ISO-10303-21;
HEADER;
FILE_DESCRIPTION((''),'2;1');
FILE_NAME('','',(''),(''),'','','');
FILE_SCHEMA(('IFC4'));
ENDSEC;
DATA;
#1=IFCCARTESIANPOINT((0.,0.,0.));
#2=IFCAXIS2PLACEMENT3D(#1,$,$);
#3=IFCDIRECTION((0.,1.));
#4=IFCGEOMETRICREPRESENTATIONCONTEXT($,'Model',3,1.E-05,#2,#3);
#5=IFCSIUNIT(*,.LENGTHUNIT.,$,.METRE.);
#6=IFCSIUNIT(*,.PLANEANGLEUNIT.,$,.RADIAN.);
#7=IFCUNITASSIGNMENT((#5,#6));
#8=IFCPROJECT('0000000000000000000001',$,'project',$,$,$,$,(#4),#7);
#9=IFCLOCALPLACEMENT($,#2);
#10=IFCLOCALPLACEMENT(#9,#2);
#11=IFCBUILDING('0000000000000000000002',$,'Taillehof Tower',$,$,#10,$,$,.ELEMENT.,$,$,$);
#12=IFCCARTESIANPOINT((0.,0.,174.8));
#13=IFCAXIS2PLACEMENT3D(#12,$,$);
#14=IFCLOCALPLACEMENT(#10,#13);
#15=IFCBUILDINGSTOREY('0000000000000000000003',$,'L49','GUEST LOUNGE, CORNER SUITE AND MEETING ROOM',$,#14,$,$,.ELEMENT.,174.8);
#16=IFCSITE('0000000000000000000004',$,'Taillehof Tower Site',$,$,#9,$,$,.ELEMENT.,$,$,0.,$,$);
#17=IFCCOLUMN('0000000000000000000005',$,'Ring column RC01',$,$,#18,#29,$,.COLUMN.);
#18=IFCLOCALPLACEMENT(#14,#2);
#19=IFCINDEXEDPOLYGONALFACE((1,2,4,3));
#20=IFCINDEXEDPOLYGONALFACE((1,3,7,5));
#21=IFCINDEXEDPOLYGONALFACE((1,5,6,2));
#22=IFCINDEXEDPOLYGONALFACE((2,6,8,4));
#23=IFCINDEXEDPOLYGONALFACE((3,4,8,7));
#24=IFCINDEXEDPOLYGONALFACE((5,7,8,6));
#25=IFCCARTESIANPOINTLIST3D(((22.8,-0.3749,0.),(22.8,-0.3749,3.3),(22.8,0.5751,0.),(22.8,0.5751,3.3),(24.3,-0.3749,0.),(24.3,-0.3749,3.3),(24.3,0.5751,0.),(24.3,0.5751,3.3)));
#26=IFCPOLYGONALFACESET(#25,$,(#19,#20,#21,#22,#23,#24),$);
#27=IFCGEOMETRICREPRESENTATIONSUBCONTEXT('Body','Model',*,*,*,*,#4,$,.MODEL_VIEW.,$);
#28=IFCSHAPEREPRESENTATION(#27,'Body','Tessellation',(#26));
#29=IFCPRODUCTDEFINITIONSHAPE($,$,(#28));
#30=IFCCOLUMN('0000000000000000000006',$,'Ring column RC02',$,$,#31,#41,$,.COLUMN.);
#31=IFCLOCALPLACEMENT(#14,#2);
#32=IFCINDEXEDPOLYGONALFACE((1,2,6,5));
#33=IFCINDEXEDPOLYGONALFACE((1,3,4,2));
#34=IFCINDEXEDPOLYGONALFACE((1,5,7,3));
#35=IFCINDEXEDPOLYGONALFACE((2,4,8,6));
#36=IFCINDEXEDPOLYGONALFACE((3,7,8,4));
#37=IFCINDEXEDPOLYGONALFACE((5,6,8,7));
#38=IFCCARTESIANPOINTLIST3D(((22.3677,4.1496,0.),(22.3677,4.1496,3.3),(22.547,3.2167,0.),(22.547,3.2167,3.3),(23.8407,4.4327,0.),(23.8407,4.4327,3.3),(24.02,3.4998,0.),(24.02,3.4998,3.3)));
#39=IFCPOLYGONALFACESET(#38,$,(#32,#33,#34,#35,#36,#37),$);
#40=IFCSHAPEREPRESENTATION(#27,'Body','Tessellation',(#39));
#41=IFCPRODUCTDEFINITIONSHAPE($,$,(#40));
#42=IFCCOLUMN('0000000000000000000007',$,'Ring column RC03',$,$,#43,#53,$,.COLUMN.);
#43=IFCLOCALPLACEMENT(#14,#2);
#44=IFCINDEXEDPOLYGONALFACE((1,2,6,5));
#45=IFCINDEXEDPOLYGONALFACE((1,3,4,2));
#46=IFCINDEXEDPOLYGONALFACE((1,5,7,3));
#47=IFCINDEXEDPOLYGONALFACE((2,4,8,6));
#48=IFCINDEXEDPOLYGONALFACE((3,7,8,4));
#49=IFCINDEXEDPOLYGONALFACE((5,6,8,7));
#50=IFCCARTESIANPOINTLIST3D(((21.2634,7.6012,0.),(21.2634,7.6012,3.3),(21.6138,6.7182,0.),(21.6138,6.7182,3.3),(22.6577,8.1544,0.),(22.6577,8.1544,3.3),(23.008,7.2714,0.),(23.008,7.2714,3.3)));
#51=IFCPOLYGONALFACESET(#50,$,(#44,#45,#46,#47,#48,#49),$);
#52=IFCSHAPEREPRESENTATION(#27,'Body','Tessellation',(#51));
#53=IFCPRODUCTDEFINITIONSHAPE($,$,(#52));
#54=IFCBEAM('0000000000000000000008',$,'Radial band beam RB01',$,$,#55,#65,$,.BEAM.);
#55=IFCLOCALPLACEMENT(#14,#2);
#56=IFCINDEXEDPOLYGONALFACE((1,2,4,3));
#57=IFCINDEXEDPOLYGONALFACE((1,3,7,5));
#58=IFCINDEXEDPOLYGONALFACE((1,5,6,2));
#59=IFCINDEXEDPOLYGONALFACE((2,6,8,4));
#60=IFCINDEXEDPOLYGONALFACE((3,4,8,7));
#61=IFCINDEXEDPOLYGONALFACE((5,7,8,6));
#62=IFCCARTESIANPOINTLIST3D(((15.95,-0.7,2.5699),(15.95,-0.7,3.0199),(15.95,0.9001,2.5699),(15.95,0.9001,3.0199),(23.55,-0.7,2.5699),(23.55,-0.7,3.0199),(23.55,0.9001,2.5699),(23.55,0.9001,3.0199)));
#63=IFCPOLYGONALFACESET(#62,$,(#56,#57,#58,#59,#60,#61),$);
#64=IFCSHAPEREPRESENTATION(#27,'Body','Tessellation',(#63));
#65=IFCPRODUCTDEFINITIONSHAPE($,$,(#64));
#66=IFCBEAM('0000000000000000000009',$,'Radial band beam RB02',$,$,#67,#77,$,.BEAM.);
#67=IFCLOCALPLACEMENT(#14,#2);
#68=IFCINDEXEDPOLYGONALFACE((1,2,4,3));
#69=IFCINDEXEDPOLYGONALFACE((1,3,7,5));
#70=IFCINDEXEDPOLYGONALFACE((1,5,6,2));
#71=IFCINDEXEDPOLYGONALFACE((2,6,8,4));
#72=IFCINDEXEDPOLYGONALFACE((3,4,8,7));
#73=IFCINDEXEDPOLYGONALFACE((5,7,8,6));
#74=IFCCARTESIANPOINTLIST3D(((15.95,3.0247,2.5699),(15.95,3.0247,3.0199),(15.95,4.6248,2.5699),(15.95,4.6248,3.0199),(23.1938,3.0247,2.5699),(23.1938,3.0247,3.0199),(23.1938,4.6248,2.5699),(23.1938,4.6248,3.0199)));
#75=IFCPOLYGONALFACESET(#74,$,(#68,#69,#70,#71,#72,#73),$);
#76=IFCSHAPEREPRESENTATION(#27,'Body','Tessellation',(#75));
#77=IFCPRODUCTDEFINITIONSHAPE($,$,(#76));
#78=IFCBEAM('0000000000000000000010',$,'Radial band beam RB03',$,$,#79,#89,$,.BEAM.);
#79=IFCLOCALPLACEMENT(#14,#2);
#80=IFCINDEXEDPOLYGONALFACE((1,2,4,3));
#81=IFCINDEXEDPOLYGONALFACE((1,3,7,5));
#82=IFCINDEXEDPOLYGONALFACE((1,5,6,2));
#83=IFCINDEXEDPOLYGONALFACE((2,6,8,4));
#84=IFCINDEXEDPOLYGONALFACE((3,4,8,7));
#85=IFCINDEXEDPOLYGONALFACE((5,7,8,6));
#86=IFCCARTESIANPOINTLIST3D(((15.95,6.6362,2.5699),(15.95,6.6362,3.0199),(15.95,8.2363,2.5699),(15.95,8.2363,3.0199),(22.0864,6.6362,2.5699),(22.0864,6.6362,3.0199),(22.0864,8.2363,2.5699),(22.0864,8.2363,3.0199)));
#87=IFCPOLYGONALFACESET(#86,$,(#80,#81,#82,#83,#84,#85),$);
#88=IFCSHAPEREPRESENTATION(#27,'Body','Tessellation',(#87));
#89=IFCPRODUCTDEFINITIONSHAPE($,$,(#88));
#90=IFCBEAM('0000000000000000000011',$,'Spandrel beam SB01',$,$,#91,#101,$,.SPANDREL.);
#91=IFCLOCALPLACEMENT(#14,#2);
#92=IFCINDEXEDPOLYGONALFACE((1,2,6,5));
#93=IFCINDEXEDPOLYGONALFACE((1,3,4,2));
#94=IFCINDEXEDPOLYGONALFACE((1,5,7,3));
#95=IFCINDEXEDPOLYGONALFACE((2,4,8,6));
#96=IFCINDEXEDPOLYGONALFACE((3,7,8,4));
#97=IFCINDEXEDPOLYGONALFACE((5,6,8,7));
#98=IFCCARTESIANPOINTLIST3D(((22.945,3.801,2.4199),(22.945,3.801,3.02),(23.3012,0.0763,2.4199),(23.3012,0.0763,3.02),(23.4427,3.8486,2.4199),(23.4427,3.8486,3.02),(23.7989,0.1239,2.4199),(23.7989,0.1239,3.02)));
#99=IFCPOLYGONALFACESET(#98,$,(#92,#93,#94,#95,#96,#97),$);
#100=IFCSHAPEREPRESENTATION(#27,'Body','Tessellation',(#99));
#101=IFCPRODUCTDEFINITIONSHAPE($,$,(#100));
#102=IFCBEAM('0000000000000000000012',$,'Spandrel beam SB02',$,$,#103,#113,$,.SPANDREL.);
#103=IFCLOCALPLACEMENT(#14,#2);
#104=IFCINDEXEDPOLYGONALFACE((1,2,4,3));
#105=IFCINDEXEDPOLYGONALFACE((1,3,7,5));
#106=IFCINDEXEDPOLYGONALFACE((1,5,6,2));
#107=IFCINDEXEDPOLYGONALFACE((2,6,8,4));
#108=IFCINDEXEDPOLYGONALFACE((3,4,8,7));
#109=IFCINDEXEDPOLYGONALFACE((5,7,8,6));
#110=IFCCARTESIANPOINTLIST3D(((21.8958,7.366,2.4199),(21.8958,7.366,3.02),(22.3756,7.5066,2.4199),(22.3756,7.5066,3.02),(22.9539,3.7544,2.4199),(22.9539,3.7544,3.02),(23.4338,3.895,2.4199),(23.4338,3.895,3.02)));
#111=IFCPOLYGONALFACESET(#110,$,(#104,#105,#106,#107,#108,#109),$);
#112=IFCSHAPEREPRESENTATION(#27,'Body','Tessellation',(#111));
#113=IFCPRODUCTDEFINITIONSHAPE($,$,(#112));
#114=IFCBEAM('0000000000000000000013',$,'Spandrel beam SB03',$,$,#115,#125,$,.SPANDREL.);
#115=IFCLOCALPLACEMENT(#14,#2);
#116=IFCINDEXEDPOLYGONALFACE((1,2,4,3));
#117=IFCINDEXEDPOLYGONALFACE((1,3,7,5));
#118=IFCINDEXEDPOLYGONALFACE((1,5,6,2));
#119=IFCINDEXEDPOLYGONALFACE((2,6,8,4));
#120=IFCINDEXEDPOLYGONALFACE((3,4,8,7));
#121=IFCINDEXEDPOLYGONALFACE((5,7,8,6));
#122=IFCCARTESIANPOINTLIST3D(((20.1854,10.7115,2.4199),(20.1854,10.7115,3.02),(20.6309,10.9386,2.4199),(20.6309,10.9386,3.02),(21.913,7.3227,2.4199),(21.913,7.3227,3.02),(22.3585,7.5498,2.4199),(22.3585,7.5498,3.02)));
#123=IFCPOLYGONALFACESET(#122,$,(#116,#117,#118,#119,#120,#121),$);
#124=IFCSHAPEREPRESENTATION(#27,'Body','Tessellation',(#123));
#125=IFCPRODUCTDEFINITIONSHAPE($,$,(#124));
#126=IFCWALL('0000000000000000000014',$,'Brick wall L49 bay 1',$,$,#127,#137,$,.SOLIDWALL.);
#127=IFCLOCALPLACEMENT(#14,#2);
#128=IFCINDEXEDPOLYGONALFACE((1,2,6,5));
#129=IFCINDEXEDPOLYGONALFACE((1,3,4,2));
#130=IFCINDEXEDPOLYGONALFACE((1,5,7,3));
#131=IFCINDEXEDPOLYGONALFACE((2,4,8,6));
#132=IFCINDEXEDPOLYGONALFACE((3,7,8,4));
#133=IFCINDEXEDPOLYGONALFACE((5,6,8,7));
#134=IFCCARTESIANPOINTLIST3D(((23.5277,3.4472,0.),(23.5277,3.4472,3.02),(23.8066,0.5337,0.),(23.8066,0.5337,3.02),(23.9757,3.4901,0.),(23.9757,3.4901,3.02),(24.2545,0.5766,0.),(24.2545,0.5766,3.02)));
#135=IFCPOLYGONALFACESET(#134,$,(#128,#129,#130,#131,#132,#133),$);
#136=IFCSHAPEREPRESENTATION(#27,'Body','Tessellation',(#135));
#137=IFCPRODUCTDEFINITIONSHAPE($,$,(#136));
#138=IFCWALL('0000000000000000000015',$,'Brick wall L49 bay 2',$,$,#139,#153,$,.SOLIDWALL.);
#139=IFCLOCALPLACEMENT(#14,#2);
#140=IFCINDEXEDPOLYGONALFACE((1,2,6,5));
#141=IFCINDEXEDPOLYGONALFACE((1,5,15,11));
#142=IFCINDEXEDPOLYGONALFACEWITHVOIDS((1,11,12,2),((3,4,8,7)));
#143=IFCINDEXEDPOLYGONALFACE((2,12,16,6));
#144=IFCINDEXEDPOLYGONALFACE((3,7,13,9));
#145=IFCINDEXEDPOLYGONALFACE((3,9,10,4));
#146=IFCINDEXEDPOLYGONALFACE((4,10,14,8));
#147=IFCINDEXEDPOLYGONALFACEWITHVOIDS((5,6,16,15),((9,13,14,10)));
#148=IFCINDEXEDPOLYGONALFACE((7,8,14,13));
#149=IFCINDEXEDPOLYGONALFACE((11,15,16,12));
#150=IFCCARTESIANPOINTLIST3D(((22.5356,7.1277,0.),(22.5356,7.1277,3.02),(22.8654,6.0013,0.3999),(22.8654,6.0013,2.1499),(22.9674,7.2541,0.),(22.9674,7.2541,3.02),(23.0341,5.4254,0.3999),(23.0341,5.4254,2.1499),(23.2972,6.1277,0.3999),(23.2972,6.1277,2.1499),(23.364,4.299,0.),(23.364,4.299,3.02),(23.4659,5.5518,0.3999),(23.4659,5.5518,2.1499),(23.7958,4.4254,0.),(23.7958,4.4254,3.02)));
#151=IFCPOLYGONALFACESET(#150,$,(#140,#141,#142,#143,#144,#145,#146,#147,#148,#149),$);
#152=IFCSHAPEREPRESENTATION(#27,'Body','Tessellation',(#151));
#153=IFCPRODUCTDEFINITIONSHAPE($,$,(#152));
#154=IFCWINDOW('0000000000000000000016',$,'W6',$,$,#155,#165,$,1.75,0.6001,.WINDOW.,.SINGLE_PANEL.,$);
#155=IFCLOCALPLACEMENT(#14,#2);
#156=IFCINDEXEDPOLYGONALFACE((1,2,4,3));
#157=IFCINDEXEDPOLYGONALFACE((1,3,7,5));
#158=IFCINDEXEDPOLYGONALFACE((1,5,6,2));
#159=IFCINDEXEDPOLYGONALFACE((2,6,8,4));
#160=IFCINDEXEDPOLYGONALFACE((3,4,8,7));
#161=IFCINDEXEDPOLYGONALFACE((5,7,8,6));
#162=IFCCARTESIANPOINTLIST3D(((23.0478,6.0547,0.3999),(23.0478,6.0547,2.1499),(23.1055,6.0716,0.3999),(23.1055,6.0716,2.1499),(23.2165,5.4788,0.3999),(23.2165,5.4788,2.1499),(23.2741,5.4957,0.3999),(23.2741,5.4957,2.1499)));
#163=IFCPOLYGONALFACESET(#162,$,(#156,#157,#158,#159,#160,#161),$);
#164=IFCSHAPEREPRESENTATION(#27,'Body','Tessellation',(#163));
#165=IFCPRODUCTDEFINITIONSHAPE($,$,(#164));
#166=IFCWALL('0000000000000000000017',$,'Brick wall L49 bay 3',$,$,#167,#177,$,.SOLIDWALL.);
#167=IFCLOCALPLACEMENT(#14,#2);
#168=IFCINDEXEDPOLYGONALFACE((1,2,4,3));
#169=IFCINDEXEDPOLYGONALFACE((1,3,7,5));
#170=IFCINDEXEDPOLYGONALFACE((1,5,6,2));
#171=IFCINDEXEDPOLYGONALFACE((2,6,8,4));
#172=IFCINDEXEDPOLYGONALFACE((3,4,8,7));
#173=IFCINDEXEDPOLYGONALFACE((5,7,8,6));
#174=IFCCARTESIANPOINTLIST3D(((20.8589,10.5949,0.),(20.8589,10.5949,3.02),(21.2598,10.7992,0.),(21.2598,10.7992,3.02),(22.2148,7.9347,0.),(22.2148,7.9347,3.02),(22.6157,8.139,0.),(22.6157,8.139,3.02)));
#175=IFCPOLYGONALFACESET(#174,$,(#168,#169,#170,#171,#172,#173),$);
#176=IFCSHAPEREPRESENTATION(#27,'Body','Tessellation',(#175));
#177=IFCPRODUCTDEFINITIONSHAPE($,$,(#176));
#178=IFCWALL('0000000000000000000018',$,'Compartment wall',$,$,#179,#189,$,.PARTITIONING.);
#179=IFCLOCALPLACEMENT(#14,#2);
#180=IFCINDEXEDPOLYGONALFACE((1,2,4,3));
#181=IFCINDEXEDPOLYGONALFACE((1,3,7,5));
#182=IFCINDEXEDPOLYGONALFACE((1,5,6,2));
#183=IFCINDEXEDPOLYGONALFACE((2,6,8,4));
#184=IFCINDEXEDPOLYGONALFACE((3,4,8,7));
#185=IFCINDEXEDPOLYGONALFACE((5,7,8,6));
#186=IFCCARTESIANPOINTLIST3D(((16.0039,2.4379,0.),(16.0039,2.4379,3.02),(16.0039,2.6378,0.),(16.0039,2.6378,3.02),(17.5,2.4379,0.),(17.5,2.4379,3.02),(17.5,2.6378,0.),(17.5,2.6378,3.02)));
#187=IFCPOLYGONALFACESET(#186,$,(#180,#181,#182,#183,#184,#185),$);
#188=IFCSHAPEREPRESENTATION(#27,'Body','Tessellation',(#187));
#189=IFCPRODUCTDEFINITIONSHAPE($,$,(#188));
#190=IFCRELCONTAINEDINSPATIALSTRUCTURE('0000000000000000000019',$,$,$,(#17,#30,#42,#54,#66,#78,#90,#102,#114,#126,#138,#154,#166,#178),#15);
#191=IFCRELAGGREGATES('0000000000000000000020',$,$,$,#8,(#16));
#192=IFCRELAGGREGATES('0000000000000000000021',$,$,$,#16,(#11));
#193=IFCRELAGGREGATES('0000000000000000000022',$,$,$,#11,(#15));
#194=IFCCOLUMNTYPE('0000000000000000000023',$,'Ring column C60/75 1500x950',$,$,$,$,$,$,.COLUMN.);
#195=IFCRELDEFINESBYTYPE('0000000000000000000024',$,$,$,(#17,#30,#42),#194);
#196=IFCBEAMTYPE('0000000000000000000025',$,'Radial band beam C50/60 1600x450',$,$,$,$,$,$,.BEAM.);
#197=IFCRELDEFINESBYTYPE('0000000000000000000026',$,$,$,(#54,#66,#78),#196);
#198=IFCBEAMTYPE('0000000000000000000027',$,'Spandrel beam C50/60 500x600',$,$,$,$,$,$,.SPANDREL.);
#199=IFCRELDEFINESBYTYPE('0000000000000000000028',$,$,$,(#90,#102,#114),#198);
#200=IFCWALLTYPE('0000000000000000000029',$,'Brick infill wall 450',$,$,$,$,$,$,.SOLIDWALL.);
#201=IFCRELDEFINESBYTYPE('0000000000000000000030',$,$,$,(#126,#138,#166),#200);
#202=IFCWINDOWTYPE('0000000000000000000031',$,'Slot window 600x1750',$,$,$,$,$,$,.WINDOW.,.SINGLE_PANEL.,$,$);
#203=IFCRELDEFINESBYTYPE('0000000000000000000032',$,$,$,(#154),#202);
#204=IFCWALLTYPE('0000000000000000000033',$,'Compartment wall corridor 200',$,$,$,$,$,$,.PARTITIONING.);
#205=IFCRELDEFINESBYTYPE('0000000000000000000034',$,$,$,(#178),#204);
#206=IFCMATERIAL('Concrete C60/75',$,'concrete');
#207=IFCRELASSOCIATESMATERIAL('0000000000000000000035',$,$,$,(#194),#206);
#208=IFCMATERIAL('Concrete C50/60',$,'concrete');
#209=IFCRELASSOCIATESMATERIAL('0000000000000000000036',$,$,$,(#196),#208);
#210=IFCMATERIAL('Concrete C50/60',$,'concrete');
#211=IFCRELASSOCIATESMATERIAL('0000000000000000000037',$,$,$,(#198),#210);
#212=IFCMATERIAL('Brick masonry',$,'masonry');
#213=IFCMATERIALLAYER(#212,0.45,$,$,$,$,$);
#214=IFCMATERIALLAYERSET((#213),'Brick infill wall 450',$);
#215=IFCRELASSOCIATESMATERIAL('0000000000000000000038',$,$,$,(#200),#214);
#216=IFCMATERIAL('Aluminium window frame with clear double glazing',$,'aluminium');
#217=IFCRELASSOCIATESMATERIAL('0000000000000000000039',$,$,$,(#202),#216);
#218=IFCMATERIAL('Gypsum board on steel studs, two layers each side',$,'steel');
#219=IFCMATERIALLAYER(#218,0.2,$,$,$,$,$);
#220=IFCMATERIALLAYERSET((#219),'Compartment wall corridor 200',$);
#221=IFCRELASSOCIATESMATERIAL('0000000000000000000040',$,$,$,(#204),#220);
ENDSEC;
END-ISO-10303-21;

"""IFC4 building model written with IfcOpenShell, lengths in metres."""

from ifc_helpers import new_model, si_unit, direction, frame, frame_2d, origin, origin_2d, place, context, subcontext, project, spatial, rectangle, extrude, material, layer, layer_set, material_profile, profile_set, type_object, element, fill, save


model = new_model("IFC4")

# Units and contexts
model_context = context("Model", 3, precision=1e-05, world=origin(), true_north=direction((0.0, 1.0)))
body_context = subcontext(model_context, "Body", "Model", "MODEL_VIEW")
ifc_project = project(units=[si_unit("LENGTHUNIT", "METRE"), si_unit("PLANEANGLEUNIT", "RADIAN")], contexts=[model_context])

# Site, building, storey
site_placement = place(None, origin())
site = spatial("IfcSite", under=ifc_project, at=site_placement, Name="Taillehof Tower Site", CompositionType="ELEMENT", RefElevation=0.0)
building_placement = place(site_placement, origin())
building = spatial("IfcBuilding", under=site, at=building_placement, Name="Taillehof Tower", CompositionType="ELEMENT")
storey_placement = place(building_placement, frame((0.0, 0.0, 174.8)))
storey = spatial("IfcBuildingStorey", under=building, at=storey_placement, Name="L49", Description="GUEST LOUNGE, CORNER SUITE AND MEETING ROOM", CompositionType="ELEMENT", Elevation=174.8)

# Columns
ifc_material_1 = material(Name="Concrete C60/75", Category="concrete")
ifc_material_profile_1 = material_profile(ifc_material_1, rectangle(XDim=1.5, YDim=0.95, at=origin_2d()), Name="RC 1500x950")
ifc_profile_set_1 = profile_set([ifc_material_profile_1], Name="Concrete C60/75")
column_type = type_object("IfcColumnType", Name="Ring column C60/75 1500x950", PredefinedType="COLUMN", material=ifc_profile_set_1)
for number, where, z_axis, x_axis, name in (
    (1, (23.55, 0.1001, 0.0), (0.0, 0.0, 1.0), (1.0, 0.0, 0.0), "Ring column RC01"),
    (2, (23.1938, 3.8247, 0.0), (0.0, 0.0, 1.0), (0.982024, 0.188757, 0.0), "Ring column RC02"),
    (3, (22.1357, 7.4363, 0.0), (0.0, 0.0, 1.0), (0.929511, 0.368793, 0.0), "Ring column RC03"),
):
    element("IfcColumn", number, at=place(storey_placement, frame(where, z_axis=z_axis, x_axis=x_axis)), inside=storey, type_object=column_type, Name=name, PredefinedType="COLUMN", context=body_context, shape_type="SweptSolid", body=[
        extrude(rectangle(XDim=1.5, YDim=0.95, at=origin_2d()), origin(), (0.0, 0.0, 1.0), 3.3),
    ])

# Beams
ifc_material_2 = material(Name="Concrete C50/60", Category="concrete")
ifc_material_profile_2 = material_profile(ifc_material_2, rectangle(XDim=1.6001, YDim=0.45, at=origin_2d()), Name="RC 1600x450")
ifc_profile_set_2 = profile_set([ifc_material_profile_2], Name="Concrete C50/60")
beam_type_1 = type_object("IfcBeamType", Name="Radial band beam C50/60 1600x450", PredefinedType="BEAM", material=ifc_profile_set_2)
beam_1_placement = place(storey_placement, frame((23.55, 0.1001, 2.7949), z_axis=(-1.0, 0.0, 0.0), x_axis=(0.0, -1.0, 0.0)))
element("IfcBeam", 4, at=beam_1_placement, inside=storey, type_object=beam_type_1, Name="Radial band beam RB01", PredefinedType="BEAM", context=body_context, shape_type="SweptSolid", body=[
    extrude(rectangle(XDim=1.6001, YDim=0.45, at=origin_2d()), origin(), (0.0, 0.0, 1.0), 7.6001),
])
beam_2_placement = place(storey_placement, frame((23.1938, 3.8247, 2.7949), z_axis=(-1.0, 0.0, 0.0), x_axis=(0.0, -1.0, 0.0)))
element("IfcBeam", 5, at=beam_2_placement, inside=storey, type_object=beam_type_1, Name="Radial band beam RB02", PredefinedType="BEAM", context=body_context, shape_type="SweptSolid", body=[
    extrude(rectangle(XDim=1.6001, YDim=0.45, at=origin_2d()), origin(), (0.0, 0.0, 1.0), 7.2439),
])
beam_3_placement = place(storey_placement, frame((22.0864, 7.4363, 2.7949), z_axis=(-1.0, 0.0, 0.0), x_axis=(0.0, -1.0, 0.0)))
element("IfcBeam", 6, at=beam_3_placement, inside=storey, type_object=beam_type_1, Name="Radial band beam RB03", PredefinedType="BEAM", context=body_context, shape_type="SweptSolid", body=[
    extrude(rectangle(XDim=1.6001, YDim=0.45, at=origin_2d()), origin(), (0.0, 0.0, 1.0), 6.1365),
])
ifc_material_3 = material(Name="Concrete C50/60", Category="concrete")
ifc_material_profile_3 = material_profile(ifc_material_3, rectangle(XDim=0.5, YDim=0.6001, at=origin_2d()), Name="RC 500x600")
ifc_profile_set_3 = profile_set([ifc_material_profile_3], Name="Concrete C50/60")
beam_type_2 = type_object("IfcBeamType", Name="Spandrel beam C50/60 500x600", PredefinedType="SPANDREL", material=ifc_profile_set_3)
beam_4_placement = place(storey_placement, frame((23.55, 0.1001, 2.72), z_axis=(-0.0952, 0.995458, 0.0), x_axis=(-0.995458, -0.0952, 0.0)))
element("IfcBeam", 7, at=beam_4_placement, inside=storey, type_object=beam_type_2, Name="Spandrel beam SB01", PredefinedType="SPANDREL", context=body_context, shape_type="SweptSolid", body=[
    extrude(rectangle(XDim=0.5, YDim=0.6001, at=origin_2d()), origin(), (0.0, 0.0, 1.0), 3.7417),
])
beam_5_placement = place(storey_placement, frame((23.1938, 3.8247, 2.72), z_axis=(-0.281158, 0.959661, 0.0), x_axis=(-0.959661, -0.281158, 0.0)))
element("IfcBeam", 8, at=beam_5_placement, inside=storey, type_object=beam_type_2, Name="Spandrel beam SB02", PredefinedType="SPANDREL", context=body_context, shape_type="SweptSolid", body=[
    extrude(rectangle(XDim=0.5, YDim=0.6001, at=origin_2d()), origin(), (0.0, 0.0, 1.0), 3.7634),
])
beam_6_placement = place(storey_placement, frame((22.1357, 7.4363, 2.72), z_axis=(-0.454183, 0.890908, 0.0), x_axis=(-0.890908, -0.454183, 0.0)))
element("IfcBeam", 9, at=beam_6_placement, inside=storey, type_object=beam_type_2, Name="Spandrel beam SB03", PredefinedType="SPANDREL", context=body_context, shape_type="SweptSolid", body=[
    extrude(rectangle(XDim=0.5, YDim=0.6001, at=origin_2d()), origin(), (0.0, 0.0, 1.0), 3.8037),
])

# Wall
ifc_material_4 = material(Name="Brick masonry", Category="masonry")
ifc_layer_1 = layer(ifc_material_4, 0.45)
ifc_layer_set_1 = layer_set([ifc_layer_1], Name="Brick infill wall 450")
wall_type_1 = type_object("IfcWallType", Name="Brick infill wall 450", PredefinedType="SOLIDWALL", material=ifc_layer_set_1)
wall_1_placement = place(storey_placement, frame((24.0305, 0.5552, 0.0), z_axis=(0.0, 0.0, 1.0), x_axis=(-0.095266, 0.995452, 0.0)))
element("IfcWall", 10, at=wall_1_placement, inside=storey, type_object=wall_type_1, Name="Brick wall L49 bay 1", PredefinedType="SOLIDWALL", context=body_context, shape_type="SweptSolid", body=[
    extrude(rectangle(XDim=2.9268, YDim=0.45, at=frame_2d((1.4634, 0.0))), origin(), (0.0, 0.0, 1.0), 3.02),
])

# Wall, opening, window
wall_2_placement = place(storey_placement, frame((23.5798, 4.3623, 0.0), z_axis=(0.0, 0.0, 1.0), x_axis=(-0.281049, 0.959693, 0.0)))
wall_2 = element("IfcWall", 11, at=wall_2_placement, inside=storey, type_object=wall_type_1, Name="Brick wall L49 bay 2", PredefinedType="SOLIDWALL", context=body_context, shape_type="SweptSolid", body=[
    extrude(rectangle(XDim=2.9475, YDim=0.45, at=frame_2d((1.4736, 0.0))), origin(), (0.0, 0.0, 1.0), 3.02),
])
opening_placement = place(wall_2_placement, frame((1.1736, 0.0, 0.3999)))
opening = element("IfcOpeningElement", 12, at=opening_placement, cuts=wall_2, PredefinedType="OPENING", context=body_context, shape_type="SweptSolid", body=[
    extrude(rectangle(XDim=0.6001, YDim=1.75, at=frame_2d((0.3, 0.875))), frame((0.0, 0.2349, 0.0), z_axis=(0.0, -1.0, 0.0), x_axis=(1.0, 0.0, 0.0)), (0.0, 0.0, 1.0), 0.47),
])
ifc_material_5 = material(Name="Aluminium window frame with clear double glazing", Category="aluminium")
window_type = type_object("IfcWindowType", Name="Slot window 600x1750", PartitioningType="SINGLE_PANEL", PredefinedType="WINDOW", material=ifc_material_5)
window_placement = place(opening_placement, origin())
window = element("IfcWindow", 13, at=window_placement, inside=storey, type_object=window_type, Name="W6", OverallHeight=1.75, OverallWidth=0.6001, PartitioningType="SINGLE_PANEL", PredefinedType="WINDOW", context=body_context, shape_type="SweptSolid", body=[
    extrude(rectangle(XDim=0.6001, YDim=1.75, at=frame_2d((0.3, 0.875))), frame((0.0, 0.0349, 0.0), z_axis=(0.0, -1.0, 0.0), x_axis=(1.0, 0.0, 0.0)), (0.0, 0.0, 1.0), 0.0601),
])
fill(opening, window)

# Walls
wall_3_placement = place(storey_placement, frame((22.4153, 8.0369, 0.0), z_axis=(0.0, 0.0, 1.0), x_axis=(-0.454134, 0.890933, 0.0)))
element("IfcWall", 14, at=wall_3_placement, inside=storey, type_object=wall_type_1, Name="Brick wall L49 bay 3", PredefinedType="SOLIDWALL", context=body_context, shape_type="SweptSolid", body=[
    extrude(rectangle(XDim=2.9858, YDim=0.45, at=frame_2d((1.4929, 0.0))), origin(), (0.0, 0.0, 1.0), 3.02),
])
ifc_material_6 = material(Name="Gypsum board on steel studs, two layers each side", Category="steel")
ifc_layer_2 = layer(ifc_material_6, 0.2)
ifc_layer_set_2 = layer_set([ifc_layer_2], Name="Compartment wall corridor 200")
wall_type_2 = type_object("IfcWallType", Name="Compartment wall corridor 200", PredefinedType="PARTITIONING", material=ifc_layer_set_2)
wall_4_placement = place(storey_placement, frame((17.5, 2.5378, 0.0), z_axis=(0.0, 0.0, 1.0), x_axis=(-1.0, 0.0, 0.0)))
element("IfcWall", 15, at=wall_4_placement, inside=storey, type_object=wall_type_2, Name="Compartment wall", PredefinedType="PARTITIONING", context=body_context, shape_type="SweptSolid", body=[
    extrude(rectangle(XDim=1.4961, YDim=0.2, at=frame_2d((0.748, 0.0))), origin(), (0.0, 0.0, 1.0), 3.02),
])

save(model, "model.ifc")
